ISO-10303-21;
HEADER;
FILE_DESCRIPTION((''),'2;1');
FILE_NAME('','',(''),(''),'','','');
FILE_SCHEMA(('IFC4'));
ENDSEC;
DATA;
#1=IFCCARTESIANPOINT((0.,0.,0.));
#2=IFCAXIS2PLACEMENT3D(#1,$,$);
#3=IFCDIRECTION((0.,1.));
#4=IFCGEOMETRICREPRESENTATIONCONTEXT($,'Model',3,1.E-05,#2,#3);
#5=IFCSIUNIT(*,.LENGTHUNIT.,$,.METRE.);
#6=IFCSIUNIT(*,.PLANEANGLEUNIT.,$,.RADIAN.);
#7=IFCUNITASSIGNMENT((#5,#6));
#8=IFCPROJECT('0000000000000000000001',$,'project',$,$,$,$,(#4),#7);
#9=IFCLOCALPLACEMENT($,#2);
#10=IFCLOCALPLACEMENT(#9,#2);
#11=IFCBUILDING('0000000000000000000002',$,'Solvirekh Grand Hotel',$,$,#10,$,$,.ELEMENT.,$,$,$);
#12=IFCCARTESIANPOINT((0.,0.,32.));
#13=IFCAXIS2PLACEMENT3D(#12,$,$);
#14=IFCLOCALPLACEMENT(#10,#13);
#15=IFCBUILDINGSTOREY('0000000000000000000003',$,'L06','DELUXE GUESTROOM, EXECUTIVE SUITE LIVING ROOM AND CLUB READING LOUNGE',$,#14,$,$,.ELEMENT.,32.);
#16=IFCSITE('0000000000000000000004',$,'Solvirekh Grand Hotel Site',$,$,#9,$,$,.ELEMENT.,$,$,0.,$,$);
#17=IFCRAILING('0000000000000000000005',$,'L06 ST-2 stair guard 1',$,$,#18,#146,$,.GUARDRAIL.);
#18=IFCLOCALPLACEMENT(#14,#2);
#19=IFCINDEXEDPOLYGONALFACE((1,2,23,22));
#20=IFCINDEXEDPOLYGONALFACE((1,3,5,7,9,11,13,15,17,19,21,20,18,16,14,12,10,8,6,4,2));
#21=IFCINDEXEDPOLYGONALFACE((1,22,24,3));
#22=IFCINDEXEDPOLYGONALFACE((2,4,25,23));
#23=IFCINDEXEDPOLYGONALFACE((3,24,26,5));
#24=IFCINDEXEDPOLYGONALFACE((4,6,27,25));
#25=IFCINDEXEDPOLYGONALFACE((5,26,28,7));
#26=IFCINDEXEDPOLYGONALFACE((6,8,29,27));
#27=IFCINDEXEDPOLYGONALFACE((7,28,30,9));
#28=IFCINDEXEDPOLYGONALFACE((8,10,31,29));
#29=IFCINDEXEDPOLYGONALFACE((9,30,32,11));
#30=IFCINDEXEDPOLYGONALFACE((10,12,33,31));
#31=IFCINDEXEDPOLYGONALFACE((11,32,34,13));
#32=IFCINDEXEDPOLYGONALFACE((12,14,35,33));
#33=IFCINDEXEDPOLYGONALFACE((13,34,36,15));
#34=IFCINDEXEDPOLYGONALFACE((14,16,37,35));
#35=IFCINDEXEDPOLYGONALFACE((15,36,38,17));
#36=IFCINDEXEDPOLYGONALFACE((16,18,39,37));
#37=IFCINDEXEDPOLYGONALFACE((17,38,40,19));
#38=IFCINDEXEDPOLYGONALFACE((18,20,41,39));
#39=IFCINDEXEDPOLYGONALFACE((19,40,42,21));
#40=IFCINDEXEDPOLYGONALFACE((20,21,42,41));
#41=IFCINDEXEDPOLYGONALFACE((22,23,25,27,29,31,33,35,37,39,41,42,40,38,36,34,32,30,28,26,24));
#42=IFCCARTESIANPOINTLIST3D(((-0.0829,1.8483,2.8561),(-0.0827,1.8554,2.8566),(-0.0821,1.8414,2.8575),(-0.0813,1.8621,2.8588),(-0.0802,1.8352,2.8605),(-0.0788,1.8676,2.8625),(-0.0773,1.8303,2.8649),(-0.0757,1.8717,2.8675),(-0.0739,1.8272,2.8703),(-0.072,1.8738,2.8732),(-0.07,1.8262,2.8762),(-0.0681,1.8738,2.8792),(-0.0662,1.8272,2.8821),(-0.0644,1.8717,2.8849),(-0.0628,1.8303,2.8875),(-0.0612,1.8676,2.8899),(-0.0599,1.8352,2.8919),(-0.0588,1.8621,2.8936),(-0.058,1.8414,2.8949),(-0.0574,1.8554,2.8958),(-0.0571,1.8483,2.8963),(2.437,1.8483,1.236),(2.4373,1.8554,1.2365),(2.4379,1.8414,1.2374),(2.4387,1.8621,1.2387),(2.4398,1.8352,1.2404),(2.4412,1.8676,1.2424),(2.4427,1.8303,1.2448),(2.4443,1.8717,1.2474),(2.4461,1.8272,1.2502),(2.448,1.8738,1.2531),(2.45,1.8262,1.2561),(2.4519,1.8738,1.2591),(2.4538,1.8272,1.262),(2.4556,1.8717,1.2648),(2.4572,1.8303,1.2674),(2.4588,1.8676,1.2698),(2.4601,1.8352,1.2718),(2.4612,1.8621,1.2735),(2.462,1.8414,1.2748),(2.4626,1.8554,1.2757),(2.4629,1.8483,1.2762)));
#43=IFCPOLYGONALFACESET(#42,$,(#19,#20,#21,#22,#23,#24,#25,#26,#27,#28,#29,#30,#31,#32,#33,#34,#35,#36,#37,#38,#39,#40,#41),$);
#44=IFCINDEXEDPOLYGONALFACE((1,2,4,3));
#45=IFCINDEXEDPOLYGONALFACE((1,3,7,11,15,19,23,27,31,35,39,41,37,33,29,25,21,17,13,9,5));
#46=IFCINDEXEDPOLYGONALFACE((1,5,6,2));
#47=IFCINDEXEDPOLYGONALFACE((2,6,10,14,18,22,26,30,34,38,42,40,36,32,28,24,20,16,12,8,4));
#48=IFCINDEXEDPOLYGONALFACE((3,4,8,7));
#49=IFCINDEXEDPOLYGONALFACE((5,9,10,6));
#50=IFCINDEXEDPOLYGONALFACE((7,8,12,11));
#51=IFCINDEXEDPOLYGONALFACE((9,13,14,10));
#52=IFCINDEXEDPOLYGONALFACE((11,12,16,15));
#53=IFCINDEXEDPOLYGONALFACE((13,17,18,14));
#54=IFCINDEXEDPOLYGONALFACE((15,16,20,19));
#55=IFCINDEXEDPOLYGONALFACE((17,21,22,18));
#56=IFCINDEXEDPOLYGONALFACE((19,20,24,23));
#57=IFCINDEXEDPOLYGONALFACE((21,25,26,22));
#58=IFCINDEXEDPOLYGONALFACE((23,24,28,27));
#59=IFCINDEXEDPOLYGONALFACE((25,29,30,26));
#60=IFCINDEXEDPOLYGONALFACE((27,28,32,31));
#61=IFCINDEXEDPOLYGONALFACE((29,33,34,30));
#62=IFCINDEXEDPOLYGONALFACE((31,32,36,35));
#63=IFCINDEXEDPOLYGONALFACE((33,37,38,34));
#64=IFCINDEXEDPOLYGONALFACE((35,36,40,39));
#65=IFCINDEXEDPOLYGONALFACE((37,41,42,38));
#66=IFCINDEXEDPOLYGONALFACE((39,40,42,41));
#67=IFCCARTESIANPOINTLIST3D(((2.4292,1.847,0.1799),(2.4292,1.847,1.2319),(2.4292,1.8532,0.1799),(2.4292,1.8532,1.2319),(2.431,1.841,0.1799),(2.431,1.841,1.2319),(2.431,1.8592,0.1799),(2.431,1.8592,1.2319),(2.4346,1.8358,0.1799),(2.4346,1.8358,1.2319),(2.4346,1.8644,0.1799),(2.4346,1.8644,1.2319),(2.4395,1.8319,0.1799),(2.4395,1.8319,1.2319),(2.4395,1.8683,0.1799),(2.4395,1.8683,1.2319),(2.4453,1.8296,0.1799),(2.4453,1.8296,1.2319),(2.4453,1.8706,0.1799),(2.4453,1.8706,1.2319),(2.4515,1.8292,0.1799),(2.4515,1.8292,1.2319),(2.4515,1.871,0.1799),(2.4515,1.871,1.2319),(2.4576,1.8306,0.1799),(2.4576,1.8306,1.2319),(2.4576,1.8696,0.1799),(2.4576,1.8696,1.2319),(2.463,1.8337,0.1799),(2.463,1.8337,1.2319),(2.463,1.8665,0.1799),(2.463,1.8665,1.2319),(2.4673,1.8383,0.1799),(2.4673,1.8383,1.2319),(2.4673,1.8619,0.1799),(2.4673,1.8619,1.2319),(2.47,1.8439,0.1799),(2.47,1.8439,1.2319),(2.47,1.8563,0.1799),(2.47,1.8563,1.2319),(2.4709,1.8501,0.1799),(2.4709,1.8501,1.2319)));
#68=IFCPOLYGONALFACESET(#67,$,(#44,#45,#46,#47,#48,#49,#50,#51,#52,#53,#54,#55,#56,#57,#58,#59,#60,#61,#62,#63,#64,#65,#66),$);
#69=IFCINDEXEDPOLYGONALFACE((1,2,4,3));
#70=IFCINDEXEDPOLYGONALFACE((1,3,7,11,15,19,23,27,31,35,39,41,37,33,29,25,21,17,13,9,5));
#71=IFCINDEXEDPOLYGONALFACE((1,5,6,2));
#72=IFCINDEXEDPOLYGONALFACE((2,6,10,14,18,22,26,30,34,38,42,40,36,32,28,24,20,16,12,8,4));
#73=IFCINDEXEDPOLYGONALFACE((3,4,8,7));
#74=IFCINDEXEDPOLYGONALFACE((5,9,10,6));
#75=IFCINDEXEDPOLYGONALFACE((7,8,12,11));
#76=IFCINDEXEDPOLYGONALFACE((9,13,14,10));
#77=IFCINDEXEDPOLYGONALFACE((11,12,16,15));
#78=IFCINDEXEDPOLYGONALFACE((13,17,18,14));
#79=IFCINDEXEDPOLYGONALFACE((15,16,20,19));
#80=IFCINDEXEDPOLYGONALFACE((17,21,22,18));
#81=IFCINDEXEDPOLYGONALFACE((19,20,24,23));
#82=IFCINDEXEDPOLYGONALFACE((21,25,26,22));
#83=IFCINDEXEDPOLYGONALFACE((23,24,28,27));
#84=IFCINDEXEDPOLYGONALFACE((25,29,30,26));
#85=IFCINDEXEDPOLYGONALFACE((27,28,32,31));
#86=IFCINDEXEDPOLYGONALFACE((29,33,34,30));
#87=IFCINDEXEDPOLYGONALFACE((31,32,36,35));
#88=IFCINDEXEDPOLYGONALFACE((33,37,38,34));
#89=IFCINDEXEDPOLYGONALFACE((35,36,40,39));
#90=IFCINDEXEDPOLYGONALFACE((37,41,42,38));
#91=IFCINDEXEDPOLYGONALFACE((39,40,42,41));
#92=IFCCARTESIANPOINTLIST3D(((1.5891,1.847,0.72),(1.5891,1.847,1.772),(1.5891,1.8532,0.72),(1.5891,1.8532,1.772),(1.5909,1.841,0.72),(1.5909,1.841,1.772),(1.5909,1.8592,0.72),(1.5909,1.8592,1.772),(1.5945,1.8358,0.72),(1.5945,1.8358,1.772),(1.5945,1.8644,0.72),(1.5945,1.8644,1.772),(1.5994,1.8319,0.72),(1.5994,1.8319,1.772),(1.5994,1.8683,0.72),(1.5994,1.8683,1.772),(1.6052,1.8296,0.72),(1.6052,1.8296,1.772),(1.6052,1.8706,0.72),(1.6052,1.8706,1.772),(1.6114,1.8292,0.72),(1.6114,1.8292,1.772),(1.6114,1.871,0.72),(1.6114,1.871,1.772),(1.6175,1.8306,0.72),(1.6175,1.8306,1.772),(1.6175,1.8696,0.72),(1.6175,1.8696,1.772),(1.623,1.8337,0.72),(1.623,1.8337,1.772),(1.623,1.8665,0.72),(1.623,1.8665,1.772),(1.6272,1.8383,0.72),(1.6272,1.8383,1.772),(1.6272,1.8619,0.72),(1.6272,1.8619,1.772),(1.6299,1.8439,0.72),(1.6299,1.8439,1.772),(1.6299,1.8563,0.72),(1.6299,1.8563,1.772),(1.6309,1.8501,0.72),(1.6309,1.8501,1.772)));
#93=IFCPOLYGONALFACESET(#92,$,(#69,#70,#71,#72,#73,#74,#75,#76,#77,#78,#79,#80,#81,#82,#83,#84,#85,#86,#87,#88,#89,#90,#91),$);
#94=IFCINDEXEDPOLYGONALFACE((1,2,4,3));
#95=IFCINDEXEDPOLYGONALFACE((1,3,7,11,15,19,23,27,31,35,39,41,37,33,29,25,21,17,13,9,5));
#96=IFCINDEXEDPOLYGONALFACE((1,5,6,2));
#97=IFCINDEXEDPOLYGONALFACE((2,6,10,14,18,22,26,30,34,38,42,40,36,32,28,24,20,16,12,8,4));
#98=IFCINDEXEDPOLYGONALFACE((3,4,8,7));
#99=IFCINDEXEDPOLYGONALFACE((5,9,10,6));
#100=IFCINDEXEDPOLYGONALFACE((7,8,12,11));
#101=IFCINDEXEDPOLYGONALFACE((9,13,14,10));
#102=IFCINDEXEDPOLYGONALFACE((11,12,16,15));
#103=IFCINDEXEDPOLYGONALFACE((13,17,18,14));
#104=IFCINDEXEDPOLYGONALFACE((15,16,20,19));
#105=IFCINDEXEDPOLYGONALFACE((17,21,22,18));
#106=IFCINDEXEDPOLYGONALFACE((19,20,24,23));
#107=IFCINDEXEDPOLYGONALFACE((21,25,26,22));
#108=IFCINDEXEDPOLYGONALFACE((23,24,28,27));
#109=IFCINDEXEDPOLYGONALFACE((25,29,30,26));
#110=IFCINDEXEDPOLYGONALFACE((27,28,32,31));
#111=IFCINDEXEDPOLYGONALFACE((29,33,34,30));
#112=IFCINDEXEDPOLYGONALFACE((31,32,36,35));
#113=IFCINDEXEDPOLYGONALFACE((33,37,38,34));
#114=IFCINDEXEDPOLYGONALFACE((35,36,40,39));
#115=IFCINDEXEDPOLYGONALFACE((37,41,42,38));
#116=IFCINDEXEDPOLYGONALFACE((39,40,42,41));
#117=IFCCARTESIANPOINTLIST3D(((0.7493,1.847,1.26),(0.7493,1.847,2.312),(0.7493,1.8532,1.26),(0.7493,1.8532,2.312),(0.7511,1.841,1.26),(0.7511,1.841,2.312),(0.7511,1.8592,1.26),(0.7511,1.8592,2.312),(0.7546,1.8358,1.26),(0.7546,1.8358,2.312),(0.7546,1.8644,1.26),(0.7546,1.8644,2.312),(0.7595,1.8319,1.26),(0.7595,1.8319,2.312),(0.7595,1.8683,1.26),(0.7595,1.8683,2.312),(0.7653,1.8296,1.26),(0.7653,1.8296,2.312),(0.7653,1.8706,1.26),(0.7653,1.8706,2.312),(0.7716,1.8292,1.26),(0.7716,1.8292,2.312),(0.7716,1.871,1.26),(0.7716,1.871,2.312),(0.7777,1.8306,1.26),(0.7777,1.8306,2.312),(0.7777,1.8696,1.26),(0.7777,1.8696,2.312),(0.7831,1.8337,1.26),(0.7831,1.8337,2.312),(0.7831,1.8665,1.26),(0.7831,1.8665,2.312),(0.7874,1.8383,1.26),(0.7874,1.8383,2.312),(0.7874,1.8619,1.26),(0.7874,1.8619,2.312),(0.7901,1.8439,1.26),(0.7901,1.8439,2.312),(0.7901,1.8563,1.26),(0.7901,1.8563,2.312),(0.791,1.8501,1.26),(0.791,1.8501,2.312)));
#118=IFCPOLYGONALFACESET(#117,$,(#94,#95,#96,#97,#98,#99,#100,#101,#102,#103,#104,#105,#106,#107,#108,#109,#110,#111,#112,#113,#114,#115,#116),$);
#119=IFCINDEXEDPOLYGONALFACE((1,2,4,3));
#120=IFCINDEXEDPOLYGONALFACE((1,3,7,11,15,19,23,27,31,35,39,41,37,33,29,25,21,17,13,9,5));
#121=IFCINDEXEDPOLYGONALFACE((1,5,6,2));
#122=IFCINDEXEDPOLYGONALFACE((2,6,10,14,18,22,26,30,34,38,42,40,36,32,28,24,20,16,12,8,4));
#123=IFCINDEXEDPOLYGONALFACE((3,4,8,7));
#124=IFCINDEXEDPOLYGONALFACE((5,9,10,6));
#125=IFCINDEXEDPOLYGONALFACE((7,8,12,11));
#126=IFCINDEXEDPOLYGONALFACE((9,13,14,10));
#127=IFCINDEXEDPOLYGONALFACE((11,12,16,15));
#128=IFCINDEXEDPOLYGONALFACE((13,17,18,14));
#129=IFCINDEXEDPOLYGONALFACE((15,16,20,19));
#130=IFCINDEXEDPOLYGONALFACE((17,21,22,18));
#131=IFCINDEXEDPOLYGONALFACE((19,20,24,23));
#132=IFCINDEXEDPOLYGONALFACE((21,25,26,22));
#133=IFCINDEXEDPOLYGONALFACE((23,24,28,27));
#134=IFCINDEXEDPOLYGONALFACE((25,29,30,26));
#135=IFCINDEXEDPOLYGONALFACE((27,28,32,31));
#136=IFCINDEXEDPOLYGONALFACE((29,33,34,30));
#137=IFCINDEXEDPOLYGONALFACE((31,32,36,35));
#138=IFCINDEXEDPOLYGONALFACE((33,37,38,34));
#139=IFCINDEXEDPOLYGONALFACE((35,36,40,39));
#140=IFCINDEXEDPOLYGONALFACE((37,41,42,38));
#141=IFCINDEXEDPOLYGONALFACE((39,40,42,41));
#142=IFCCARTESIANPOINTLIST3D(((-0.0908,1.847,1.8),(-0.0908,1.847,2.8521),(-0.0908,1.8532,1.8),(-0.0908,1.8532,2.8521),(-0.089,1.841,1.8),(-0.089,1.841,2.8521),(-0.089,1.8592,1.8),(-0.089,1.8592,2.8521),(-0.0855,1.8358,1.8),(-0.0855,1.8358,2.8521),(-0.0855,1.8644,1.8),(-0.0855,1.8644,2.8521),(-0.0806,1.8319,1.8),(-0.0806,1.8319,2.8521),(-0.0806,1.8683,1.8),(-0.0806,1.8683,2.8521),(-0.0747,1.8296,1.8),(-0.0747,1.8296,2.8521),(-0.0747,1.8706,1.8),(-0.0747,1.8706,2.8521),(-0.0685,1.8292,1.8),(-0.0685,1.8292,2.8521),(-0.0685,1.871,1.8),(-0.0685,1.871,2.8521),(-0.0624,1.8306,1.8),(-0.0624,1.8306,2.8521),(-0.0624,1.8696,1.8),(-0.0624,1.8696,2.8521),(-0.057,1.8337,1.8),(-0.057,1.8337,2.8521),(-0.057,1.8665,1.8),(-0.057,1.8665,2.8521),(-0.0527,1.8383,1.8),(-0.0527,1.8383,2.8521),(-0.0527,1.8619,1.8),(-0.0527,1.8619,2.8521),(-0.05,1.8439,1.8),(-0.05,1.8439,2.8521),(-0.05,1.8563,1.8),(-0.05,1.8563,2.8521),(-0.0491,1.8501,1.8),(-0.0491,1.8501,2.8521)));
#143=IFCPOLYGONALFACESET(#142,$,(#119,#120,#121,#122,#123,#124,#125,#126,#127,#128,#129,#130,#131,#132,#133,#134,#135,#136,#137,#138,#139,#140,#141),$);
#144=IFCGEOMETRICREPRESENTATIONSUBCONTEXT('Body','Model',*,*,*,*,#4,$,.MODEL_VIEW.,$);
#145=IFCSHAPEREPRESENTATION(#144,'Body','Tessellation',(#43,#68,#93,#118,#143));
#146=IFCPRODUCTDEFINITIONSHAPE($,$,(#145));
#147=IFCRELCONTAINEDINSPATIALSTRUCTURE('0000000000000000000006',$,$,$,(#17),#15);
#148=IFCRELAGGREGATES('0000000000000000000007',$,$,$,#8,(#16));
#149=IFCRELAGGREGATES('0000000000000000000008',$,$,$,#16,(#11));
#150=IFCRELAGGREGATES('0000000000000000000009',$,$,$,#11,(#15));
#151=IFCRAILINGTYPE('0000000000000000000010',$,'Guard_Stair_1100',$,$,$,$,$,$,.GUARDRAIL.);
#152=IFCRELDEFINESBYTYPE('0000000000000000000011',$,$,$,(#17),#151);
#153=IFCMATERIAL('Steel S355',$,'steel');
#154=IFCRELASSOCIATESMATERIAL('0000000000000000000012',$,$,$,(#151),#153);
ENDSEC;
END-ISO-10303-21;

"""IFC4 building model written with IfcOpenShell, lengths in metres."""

from ifc_helpers import new_model, si_unit, direction, frame, origin, origin_2d, place, context, subcontext, project, spatial, circle, extrude, material, type_object, element, save


model = new_model("IFC4")

# Units and contexts
model_context = context("Model", 3, precision=1e-05, world=origin(), true_north=direction((0.0, 1.0)))
body_context = subcontext(model_context, "Body", "Model", "MODEL_VIEW")
ifc_project = project(units=[si_unit("LENGTHUNIT", "METRE"), si_unit("PLANEANGLEUNIT", "RADIAN")], contexts=[model_context])

# Site, building, storey
site_placement = place(None, origin())
site = spatial("IfcSite", under=ifc_project, at=site_placement, Name="Solvirekh Grand Hotel Site", CompositionType="ELEMENT", RefElevation=0.0)
building_placement = place(site_placement, origin())
building = spatial("IfcBuilding", under=site, at=building_placement, Name="Solvirekh Grand Hotel", CompositionType="ELEMENT")
storey_placement = place(building_placement, frame((0.0, 0.0, 32.0)))
storey = spatial("IfcBuildingStorey", under=building, at=storey_placement, Name="L06", Description="DELUXE GUESTROOM, EXECUTIVE SUITE LIVING ROOM AND CLUB READING LOUNGE", CompositionType="ELEMENT", Elevation=32.0)

# Shared definitions
ifc_material_1 = material(Name="Steel S355", Category="steel")

# Railing
railing_type_1 = type_object("IfcRailingType", Name="Guard_Stair_1100", PredefinedType="GUARDRAIL", material=ifc_material_1)
railing_1_placement = place(storey_placement, frame((2.45, 1.8501, 0.1799)))
element("IfcRailing", 1, at=railing_1_placement, inside=storey, type_object=railing_type_1, Name="L06 ST-2 stair guard 1", PredefinedType="GUARDRAIL", context=body_context, shape_type="SweptSolid", body=[
    extrude(circle(Radius=0.0239, at=origin_2d()), frame((0.0, 0.0, 1.0762), z_axis=(-0.841163, 0.0, 0.540782), x_axis=(0.0, -1.0, 0.0)), (0.0, 0.0, 1.0), 2.9958),
    extrude(circle(Radius=0.021, at=origin_2d()), origin(), (0.0, 0.0, 1.0), 1.052),
    extrude(circle(Radius=0.021, at=origin_2d()), frame((-0.8401, 0.0, 0.54)), (0.0, 0.0, 1.0), 1.052),
    extrude(circle(Radius=0.021, at=origin_2d()), frame((-1.6799, 0.0, 1.0801)), (0.0, 0.0, 1.0), 1.052),
    extrude(circle(Radius=0.021, at=origin_2d()), frame((-2.52, 0.0, 1.6201)), (0.0, 0.0, 1.0), 1.052),
])

save(model, "model.ifc")
